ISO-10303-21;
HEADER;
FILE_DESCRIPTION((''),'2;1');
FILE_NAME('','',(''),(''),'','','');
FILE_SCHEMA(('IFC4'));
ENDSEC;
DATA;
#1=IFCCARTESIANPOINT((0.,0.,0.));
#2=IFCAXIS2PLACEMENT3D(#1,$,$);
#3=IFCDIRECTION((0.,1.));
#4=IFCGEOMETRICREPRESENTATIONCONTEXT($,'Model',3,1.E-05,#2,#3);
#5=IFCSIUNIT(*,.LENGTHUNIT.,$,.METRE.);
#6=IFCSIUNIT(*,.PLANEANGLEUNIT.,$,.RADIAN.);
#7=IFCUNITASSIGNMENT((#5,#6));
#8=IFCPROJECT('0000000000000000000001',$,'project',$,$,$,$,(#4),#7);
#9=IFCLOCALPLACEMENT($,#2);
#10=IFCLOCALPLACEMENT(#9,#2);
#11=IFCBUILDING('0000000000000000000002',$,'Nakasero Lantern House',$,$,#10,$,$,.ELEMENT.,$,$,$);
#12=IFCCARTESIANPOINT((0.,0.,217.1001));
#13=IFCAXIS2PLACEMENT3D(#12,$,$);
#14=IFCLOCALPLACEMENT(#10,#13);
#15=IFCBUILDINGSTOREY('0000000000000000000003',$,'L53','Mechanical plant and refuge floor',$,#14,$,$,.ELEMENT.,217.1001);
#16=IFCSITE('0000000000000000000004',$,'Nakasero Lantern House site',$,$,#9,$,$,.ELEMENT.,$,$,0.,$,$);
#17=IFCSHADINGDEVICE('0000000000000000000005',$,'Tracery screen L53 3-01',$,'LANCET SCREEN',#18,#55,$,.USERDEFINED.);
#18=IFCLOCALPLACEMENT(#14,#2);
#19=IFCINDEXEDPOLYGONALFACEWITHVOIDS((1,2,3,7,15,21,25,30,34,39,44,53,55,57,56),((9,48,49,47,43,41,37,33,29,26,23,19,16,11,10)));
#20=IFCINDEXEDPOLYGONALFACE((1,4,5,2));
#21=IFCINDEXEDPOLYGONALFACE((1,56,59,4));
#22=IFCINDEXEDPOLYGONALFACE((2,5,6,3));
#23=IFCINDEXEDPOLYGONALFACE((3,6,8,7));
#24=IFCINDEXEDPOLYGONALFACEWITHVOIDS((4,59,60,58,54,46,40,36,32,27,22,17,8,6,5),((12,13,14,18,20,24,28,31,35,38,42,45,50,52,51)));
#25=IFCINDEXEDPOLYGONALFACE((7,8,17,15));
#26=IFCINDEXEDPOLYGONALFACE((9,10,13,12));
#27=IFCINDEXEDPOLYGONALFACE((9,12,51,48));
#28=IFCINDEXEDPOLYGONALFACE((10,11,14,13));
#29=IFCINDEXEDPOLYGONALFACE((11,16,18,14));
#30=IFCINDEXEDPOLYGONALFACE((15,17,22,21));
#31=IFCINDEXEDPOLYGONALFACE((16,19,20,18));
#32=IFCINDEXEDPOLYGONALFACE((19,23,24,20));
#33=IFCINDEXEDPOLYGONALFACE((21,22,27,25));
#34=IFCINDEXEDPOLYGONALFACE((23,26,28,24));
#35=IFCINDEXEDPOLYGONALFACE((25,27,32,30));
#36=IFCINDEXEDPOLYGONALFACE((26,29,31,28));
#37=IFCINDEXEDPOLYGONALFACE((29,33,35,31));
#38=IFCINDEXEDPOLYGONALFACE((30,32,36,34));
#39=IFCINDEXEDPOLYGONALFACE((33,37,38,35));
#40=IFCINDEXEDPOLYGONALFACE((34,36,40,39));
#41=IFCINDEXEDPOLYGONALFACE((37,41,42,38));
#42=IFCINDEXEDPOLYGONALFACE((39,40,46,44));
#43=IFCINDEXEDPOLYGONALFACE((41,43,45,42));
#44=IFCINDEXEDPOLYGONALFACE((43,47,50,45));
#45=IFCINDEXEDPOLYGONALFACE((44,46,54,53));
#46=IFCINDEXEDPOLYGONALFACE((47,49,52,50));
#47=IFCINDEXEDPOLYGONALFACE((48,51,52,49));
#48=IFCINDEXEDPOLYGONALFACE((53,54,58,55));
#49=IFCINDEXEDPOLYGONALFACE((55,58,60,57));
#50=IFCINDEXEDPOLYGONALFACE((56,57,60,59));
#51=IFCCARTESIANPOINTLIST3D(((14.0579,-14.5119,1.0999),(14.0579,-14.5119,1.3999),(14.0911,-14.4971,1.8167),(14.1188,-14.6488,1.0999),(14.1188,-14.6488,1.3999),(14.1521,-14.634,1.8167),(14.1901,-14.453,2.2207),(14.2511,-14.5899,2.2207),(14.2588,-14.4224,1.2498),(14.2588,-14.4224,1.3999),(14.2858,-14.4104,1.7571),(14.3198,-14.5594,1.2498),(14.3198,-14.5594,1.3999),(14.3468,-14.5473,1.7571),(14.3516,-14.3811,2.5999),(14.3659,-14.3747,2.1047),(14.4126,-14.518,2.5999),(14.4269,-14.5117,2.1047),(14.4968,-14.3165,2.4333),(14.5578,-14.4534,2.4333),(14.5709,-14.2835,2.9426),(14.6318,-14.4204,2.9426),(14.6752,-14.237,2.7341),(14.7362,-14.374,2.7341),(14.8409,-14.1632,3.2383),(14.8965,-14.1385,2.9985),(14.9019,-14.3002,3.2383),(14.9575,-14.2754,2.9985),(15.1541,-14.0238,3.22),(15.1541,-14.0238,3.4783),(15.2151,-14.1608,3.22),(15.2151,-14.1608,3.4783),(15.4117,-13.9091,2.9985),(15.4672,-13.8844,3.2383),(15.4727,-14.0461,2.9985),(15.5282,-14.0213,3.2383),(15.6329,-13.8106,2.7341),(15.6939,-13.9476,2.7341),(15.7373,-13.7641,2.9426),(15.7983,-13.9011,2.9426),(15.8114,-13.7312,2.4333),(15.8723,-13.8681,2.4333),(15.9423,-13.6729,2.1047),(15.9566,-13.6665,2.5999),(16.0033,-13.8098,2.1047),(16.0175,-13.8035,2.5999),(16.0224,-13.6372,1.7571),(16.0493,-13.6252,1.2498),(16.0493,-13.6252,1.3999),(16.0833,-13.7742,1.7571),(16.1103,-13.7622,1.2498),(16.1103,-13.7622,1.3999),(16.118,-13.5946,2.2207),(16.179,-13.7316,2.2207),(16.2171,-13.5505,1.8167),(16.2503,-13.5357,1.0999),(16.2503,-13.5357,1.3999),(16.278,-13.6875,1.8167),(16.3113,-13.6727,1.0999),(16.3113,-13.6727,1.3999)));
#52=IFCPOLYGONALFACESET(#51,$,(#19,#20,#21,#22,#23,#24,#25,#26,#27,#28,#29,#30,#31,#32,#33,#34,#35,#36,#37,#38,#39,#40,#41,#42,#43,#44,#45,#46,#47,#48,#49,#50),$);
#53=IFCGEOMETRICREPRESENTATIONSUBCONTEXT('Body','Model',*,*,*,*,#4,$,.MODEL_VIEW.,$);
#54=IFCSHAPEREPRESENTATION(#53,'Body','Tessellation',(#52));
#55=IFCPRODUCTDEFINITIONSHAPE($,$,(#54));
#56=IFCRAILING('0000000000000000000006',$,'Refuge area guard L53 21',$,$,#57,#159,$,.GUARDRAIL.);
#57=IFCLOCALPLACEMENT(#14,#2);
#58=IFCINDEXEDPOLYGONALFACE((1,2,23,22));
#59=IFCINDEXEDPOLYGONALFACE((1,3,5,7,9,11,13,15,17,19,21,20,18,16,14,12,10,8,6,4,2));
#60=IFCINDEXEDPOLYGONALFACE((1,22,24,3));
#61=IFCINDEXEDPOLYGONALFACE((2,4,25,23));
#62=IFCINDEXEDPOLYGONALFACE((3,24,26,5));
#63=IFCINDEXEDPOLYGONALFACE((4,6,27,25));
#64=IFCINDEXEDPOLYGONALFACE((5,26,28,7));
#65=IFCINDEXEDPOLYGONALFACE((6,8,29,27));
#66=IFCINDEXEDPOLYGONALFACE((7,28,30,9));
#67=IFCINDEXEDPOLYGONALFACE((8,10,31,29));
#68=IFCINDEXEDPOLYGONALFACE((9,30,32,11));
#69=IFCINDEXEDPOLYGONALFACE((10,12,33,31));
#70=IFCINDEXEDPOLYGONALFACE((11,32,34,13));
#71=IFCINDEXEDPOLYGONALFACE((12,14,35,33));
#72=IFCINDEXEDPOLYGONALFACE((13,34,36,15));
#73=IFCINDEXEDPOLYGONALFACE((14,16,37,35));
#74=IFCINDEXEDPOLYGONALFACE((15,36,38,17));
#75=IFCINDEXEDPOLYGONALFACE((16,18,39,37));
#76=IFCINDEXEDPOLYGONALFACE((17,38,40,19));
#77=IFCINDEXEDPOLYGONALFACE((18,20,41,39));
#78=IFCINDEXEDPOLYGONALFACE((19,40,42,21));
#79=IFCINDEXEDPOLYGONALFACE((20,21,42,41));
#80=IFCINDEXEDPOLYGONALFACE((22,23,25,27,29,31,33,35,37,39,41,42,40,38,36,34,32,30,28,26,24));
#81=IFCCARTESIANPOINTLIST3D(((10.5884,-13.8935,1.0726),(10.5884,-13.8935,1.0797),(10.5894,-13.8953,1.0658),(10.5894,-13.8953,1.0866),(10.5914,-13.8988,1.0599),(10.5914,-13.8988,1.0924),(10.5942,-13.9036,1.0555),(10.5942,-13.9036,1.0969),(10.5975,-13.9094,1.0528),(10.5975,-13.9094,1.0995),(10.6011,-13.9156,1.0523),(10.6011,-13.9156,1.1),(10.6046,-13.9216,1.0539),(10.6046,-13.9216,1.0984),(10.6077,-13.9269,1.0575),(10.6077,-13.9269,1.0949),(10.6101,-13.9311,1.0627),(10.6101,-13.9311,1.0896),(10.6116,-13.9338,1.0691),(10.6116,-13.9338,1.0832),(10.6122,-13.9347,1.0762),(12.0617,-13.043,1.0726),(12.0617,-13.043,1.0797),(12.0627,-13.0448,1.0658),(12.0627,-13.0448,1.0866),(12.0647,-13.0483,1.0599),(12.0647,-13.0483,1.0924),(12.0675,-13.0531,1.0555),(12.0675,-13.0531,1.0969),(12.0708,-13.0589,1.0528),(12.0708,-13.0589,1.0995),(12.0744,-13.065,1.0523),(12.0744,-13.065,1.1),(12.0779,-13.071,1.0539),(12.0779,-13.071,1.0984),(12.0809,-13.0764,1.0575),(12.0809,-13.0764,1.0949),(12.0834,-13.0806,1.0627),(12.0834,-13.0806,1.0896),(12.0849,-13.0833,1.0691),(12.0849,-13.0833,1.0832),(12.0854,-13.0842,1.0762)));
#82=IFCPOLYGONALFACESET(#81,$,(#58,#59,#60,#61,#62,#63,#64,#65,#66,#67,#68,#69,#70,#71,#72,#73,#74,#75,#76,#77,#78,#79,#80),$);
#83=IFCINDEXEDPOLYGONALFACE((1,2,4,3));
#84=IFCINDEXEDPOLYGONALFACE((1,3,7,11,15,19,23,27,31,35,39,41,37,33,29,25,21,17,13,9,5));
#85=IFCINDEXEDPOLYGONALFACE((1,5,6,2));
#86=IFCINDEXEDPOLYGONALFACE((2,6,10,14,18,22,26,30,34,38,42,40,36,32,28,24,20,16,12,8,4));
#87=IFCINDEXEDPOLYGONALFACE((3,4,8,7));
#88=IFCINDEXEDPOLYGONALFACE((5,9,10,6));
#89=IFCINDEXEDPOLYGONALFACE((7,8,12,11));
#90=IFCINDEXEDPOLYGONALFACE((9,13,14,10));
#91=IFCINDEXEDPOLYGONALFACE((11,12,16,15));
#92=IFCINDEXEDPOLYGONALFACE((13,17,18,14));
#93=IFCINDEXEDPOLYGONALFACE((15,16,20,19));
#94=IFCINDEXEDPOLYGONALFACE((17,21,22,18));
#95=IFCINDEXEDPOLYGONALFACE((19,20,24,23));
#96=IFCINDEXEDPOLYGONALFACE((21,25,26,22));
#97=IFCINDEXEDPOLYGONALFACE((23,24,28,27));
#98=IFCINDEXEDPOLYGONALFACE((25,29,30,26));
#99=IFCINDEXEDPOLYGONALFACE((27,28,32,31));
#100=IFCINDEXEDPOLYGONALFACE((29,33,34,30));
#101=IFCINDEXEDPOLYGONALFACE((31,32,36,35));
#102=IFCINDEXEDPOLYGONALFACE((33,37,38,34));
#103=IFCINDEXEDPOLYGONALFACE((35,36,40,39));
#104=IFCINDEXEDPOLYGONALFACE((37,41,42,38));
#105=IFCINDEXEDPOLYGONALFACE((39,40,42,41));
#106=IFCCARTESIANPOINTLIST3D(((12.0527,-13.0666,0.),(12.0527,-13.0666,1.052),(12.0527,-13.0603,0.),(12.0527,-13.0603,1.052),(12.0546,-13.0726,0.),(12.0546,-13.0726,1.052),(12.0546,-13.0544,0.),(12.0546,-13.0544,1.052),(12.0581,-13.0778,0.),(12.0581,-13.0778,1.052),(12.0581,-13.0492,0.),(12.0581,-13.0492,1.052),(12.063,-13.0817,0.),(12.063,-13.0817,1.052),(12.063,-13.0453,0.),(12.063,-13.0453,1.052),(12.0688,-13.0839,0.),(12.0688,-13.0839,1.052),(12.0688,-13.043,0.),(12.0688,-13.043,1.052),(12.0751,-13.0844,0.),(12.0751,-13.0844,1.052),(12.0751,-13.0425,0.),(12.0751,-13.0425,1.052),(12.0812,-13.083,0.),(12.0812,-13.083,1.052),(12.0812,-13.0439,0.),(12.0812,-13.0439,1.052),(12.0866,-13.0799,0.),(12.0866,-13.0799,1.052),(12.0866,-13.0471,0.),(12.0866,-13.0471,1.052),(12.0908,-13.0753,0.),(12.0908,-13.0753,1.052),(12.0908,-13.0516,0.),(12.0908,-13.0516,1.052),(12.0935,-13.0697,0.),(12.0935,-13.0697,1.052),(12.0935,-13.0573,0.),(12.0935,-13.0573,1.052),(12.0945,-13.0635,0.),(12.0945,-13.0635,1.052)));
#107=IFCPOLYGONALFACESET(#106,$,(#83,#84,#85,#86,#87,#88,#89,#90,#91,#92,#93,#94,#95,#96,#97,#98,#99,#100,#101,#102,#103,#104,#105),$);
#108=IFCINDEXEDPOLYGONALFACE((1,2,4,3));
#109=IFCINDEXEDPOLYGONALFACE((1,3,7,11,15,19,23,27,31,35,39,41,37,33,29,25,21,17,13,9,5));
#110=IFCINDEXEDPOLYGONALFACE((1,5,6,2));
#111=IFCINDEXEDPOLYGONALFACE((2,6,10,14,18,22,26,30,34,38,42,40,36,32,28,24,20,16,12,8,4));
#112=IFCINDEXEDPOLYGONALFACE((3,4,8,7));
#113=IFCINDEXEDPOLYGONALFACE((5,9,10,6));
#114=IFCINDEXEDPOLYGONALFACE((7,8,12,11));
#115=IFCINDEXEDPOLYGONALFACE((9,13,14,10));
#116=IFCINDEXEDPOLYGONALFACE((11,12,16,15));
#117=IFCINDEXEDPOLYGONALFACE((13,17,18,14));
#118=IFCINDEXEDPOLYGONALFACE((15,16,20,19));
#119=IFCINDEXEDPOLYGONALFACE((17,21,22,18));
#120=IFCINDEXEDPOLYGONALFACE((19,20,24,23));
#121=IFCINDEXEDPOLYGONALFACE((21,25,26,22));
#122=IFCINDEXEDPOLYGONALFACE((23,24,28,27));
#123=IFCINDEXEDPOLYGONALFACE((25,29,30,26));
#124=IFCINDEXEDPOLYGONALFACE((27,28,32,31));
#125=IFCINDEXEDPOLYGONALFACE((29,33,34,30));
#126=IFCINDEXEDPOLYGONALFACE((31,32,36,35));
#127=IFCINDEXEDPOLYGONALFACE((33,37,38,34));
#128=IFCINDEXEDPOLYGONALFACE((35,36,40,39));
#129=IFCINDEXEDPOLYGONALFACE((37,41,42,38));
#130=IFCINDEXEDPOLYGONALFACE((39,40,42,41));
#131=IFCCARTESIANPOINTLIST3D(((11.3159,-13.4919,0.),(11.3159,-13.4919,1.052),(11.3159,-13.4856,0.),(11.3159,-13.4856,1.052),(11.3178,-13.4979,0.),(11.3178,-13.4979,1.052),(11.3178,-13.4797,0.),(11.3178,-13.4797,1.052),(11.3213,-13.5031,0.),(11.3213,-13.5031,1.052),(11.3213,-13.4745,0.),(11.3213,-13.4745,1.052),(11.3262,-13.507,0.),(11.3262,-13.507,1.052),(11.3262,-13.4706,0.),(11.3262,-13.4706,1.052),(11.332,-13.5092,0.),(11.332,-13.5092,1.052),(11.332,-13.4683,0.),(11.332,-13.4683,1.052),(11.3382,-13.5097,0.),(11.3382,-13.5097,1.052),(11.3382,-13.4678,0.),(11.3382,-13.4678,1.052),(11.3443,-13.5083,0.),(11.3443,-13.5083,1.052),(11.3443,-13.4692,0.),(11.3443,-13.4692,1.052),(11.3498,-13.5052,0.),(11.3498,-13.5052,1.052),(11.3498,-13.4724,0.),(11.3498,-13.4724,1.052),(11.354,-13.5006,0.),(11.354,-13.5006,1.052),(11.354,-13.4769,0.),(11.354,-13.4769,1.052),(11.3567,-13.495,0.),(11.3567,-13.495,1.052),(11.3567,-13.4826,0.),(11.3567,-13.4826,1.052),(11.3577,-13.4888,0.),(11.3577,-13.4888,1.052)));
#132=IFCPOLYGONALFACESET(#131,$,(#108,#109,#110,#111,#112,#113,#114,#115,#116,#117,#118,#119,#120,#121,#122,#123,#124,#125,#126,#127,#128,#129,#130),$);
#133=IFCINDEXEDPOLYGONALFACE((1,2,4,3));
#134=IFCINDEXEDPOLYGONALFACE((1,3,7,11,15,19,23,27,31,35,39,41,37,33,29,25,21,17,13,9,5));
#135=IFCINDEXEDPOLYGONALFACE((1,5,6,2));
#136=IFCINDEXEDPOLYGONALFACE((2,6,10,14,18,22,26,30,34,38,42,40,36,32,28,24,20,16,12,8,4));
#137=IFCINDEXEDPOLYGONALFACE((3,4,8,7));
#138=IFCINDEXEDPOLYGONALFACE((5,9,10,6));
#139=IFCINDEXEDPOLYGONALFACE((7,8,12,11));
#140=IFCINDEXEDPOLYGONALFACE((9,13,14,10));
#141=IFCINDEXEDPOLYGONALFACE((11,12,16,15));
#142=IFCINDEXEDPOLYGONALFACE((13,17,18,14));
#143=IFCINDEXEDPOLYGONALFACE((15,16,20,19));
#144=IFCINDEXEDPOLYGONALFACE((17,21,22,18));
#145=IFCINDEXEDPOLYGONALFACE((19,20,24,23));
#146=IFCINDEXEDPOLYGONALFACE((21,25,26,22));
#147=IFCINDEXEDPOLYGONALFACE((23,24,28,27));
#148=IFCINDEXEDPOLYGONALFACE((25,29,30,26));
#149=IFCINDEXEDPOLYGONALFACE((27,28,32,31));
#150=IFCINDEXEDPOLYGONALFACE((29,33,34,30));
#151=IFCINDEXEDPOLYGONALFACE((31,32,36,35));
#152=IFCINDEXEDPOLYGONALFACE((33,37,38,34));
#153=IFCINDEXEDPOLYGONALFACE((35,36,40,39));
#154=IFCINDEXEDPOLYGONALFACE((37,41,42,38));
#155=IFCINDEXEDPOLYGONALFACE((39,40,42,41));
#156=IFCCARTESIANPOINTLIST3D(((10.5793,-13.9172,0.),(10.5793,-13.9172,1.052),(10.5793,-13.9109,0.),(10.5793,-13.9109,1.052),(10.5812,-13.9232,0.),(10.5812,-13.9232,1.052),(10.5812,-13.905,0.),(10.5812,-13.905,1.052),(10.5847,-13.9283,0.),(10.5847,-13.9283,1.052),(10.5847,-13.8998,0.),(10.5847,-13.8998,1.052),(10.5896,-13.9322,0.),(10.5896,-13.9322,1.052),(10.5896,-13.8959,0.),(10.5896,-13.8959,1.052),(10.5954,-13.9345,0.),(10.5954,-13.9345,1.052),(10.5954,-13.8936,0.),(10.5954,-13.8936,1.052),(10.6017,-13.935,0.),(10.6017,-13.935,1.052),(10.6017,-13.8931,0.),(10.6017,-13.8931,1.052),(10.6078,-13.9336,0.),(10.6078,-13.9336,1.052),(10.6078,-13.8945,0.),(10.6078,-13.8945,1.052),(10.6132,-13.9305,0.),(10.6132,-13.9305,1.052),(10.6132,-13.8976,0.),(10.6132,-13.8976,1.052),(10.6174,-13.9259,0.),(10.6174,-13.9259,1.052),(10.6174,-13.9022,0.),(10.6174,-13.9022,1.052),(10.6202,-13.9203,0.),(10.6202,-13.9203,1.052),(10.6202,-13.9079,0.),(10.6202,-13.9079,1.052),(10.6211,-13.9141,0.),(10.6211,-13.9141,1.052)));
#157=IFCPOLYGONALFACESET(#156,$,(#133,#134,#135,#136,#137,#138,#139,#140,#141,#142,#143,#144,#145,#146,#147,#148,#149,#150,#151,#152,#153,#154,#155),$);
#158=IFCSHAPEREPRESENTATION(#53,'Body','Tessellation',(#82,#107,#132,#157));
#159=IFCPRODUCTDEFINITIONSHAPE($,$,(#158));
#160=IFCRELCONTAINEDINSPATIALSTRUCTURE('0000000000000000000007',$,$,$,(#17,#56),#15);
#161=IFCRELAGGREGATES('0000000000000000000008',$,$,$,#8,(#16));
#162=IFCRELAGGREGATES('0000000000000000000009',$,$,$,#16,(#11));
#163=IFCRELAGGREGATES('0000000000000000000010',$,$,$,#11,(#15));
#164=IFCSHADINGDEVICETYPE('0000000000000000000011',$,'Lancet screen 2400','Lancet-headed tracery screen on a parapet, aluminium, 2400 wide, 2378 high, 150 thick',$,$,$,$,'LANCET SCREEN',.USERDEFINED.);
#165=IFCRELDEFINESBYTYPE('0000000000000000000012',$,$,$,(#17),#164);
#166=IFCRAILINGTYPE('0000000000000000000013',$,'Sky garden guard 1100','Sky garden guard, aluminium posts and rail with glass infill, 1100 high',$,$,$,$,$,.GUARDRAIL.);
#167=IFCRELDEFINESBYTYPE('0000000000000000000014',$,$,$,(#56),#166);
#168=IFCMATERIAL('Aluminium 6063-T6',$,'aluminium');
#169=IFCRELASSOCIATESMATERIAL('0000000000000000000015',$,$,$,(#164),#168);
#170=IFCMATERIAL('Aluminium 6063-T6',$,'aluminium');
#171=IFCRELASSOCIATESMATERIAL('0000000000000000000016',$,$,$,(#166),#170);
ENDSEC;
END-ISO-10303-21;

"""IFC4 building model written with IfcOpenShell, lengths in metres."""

from ifc_helpers import new_model, si_unit, direction, frame, origin, origin_2d, place, context, subcontext, project, spatial, polyline, circle, outline, extrude, material, type_object, element, save


model = new_model("IFC4")

# Units and contexts
model_context = context("Model", 3, precision=1e-05, world=origin(), true_north=direction((0.0, 1.0)))
body_context = subcontext(model_context, "Body", "Model", "MODEL_VIEW")
ifc_project = project(units=[si_unit("LENGTHUNIT", "METRE"), si_unit("PLANEANGLEUNIT", "RADIAN")], contexts=[model_context])

# Site, building, storey
site_placement = place(None, origin())
site = spatial("IfcSite", under=ifc_project, at=site_placement, Name="Nakasero Lantern House site", CompositionType="ELEMENT", RefElevation=0.0)
building_placement = place(site_placement, origin())
building = spatial("IfcBuilding", under=site, at=building_placement, Name="Nakasero Lantern House", CompositionType="ELEMENT")
storey_placement = place(building_placement, frame((0.0, 0.0, 217.1001)))
storey = spatial("IfcBuildingStorey", under=building, at=storey_placement, Name="L53", Description="Mechanical plant and refuge floor", CompositionType="ELEMENT", Elevation=217.1001)

# Shading device
ifc_material_1 = material(Name="Aluminium 6063-T6", Category="aluminium")
shading_device_type = type_object("IfcShadingDeviceType", Name="Lancet screen 2400", Description="Lancet-headed tracery screen on a parapet, aluminium, 2400 wide, 2378 high, 150 thick", ElementType="LANCET SCREEN", PredefinedType="USERDEFINED", material=ifc_material_1)
shading_device_placement = place(storey_placement, frame((15.1846, -14.0923, 1.0999), z_axis=(0.0, 0.0, 1.0), x_axis=(0.913545, 0.406737, 0.0)))
element("IfcShadingDevice", 1, at=shading_device_placement, inside=storey, type_object=shading_device_type, Name="Tracery screen L53 3-01", ObjectType="LANCET SCREEN", PredefinedType="USERDEFINED", context=body_context, shape_type="SweptSolid", body=[
    extrude(outline(polyline([(-1.2, 0.0), (1.2, 0.0), (1.2, 0.3), (1.1636, 0.7168), (1.0552, 1.1208), (0.8784, 1.5), (0.6384, 1.8428), (0.3428, 2.1384), (0.0, 2.3784), (-0.3428, 2.1384), (-0.6384, 1.8428), (-0.8784, 1.5), (-1.0552, 1.1208), (-1.1636, 0.7168), (-1.2, 0.3), (-1.2, 0.0)]), holes=[polyline([(-0.98, 0.1499), (0.98, 0.1499), (0.98, 0.3), (0.9504, 0.6572), (0.8628, 1.0049), (0.7195, 1.3335), (0.5242, 1.6343), (0.282, 1.8987), (0.0, 2.1201), (-0.282, 1.8987), (-0.5242, 1.6343), (-0.7195, 1.3335), (-0.8628, 1.0049), (-0.9504, 0.6572), (-0.98, 0.3), (-0.98, 0.1499)])]), frame((0.0, 0.075, 0.0), z_axis=(0.0, -1.0, 0.0), x_axis=(1.0, 0.0, 0.0)), (0.0, 0.0, 1.0), 0.1499),
])

# Railing
ifc_material_2 = material(Name="Aluminium 6063-T6", Category="aluminium")
railing_type = type_object("IfcRailingType", Name="Sky garden guard 1100", Description="Sky garden guard, aluminium posts and rail with glass infill, 1100 high", PredefinedType="GUARDRAIL", material=ifc_material_2)
railing_1_placement = place(storey_placement, frame((12.0735, -13.0635, 0.0)))
element("IfcRailing", 2, at=railing_1_placement, inside=storey, type_object=railing_type, Name="Refuge area guard L53 21", PredefinedType="GUARDRAIL", context=body_context, shape_type="SweptSolid", body=[
    extrude(circle(Radius=0.0239, at=origin_2d()), frame((0.0, 0.0, 1.0762), z_axis=(-0.866045, -0.499967, 0.0), x_axis=(0.499967, -0.866045, 0.0)), (0.0, 0.0, 1.0), 1.7012),
    extrude(circle(Radius=0.021, at=origin_2d()), origin(), (0.0, 0.0, 1.0), 1.052),
    extrude(circle(Radius=0.021, at=origin_2d()), frame((-0.7368, -0.4253, 0.0)), (0.0, 0.0, 1.0), 1.052),
    extrude(circle(Radius=0.021, at=origin_2d()), frame((-1.4734, -0.8506, 0.0)), (0.0, 0.0, 1.0), 1.052),
])

save(model, "model.ifc")
